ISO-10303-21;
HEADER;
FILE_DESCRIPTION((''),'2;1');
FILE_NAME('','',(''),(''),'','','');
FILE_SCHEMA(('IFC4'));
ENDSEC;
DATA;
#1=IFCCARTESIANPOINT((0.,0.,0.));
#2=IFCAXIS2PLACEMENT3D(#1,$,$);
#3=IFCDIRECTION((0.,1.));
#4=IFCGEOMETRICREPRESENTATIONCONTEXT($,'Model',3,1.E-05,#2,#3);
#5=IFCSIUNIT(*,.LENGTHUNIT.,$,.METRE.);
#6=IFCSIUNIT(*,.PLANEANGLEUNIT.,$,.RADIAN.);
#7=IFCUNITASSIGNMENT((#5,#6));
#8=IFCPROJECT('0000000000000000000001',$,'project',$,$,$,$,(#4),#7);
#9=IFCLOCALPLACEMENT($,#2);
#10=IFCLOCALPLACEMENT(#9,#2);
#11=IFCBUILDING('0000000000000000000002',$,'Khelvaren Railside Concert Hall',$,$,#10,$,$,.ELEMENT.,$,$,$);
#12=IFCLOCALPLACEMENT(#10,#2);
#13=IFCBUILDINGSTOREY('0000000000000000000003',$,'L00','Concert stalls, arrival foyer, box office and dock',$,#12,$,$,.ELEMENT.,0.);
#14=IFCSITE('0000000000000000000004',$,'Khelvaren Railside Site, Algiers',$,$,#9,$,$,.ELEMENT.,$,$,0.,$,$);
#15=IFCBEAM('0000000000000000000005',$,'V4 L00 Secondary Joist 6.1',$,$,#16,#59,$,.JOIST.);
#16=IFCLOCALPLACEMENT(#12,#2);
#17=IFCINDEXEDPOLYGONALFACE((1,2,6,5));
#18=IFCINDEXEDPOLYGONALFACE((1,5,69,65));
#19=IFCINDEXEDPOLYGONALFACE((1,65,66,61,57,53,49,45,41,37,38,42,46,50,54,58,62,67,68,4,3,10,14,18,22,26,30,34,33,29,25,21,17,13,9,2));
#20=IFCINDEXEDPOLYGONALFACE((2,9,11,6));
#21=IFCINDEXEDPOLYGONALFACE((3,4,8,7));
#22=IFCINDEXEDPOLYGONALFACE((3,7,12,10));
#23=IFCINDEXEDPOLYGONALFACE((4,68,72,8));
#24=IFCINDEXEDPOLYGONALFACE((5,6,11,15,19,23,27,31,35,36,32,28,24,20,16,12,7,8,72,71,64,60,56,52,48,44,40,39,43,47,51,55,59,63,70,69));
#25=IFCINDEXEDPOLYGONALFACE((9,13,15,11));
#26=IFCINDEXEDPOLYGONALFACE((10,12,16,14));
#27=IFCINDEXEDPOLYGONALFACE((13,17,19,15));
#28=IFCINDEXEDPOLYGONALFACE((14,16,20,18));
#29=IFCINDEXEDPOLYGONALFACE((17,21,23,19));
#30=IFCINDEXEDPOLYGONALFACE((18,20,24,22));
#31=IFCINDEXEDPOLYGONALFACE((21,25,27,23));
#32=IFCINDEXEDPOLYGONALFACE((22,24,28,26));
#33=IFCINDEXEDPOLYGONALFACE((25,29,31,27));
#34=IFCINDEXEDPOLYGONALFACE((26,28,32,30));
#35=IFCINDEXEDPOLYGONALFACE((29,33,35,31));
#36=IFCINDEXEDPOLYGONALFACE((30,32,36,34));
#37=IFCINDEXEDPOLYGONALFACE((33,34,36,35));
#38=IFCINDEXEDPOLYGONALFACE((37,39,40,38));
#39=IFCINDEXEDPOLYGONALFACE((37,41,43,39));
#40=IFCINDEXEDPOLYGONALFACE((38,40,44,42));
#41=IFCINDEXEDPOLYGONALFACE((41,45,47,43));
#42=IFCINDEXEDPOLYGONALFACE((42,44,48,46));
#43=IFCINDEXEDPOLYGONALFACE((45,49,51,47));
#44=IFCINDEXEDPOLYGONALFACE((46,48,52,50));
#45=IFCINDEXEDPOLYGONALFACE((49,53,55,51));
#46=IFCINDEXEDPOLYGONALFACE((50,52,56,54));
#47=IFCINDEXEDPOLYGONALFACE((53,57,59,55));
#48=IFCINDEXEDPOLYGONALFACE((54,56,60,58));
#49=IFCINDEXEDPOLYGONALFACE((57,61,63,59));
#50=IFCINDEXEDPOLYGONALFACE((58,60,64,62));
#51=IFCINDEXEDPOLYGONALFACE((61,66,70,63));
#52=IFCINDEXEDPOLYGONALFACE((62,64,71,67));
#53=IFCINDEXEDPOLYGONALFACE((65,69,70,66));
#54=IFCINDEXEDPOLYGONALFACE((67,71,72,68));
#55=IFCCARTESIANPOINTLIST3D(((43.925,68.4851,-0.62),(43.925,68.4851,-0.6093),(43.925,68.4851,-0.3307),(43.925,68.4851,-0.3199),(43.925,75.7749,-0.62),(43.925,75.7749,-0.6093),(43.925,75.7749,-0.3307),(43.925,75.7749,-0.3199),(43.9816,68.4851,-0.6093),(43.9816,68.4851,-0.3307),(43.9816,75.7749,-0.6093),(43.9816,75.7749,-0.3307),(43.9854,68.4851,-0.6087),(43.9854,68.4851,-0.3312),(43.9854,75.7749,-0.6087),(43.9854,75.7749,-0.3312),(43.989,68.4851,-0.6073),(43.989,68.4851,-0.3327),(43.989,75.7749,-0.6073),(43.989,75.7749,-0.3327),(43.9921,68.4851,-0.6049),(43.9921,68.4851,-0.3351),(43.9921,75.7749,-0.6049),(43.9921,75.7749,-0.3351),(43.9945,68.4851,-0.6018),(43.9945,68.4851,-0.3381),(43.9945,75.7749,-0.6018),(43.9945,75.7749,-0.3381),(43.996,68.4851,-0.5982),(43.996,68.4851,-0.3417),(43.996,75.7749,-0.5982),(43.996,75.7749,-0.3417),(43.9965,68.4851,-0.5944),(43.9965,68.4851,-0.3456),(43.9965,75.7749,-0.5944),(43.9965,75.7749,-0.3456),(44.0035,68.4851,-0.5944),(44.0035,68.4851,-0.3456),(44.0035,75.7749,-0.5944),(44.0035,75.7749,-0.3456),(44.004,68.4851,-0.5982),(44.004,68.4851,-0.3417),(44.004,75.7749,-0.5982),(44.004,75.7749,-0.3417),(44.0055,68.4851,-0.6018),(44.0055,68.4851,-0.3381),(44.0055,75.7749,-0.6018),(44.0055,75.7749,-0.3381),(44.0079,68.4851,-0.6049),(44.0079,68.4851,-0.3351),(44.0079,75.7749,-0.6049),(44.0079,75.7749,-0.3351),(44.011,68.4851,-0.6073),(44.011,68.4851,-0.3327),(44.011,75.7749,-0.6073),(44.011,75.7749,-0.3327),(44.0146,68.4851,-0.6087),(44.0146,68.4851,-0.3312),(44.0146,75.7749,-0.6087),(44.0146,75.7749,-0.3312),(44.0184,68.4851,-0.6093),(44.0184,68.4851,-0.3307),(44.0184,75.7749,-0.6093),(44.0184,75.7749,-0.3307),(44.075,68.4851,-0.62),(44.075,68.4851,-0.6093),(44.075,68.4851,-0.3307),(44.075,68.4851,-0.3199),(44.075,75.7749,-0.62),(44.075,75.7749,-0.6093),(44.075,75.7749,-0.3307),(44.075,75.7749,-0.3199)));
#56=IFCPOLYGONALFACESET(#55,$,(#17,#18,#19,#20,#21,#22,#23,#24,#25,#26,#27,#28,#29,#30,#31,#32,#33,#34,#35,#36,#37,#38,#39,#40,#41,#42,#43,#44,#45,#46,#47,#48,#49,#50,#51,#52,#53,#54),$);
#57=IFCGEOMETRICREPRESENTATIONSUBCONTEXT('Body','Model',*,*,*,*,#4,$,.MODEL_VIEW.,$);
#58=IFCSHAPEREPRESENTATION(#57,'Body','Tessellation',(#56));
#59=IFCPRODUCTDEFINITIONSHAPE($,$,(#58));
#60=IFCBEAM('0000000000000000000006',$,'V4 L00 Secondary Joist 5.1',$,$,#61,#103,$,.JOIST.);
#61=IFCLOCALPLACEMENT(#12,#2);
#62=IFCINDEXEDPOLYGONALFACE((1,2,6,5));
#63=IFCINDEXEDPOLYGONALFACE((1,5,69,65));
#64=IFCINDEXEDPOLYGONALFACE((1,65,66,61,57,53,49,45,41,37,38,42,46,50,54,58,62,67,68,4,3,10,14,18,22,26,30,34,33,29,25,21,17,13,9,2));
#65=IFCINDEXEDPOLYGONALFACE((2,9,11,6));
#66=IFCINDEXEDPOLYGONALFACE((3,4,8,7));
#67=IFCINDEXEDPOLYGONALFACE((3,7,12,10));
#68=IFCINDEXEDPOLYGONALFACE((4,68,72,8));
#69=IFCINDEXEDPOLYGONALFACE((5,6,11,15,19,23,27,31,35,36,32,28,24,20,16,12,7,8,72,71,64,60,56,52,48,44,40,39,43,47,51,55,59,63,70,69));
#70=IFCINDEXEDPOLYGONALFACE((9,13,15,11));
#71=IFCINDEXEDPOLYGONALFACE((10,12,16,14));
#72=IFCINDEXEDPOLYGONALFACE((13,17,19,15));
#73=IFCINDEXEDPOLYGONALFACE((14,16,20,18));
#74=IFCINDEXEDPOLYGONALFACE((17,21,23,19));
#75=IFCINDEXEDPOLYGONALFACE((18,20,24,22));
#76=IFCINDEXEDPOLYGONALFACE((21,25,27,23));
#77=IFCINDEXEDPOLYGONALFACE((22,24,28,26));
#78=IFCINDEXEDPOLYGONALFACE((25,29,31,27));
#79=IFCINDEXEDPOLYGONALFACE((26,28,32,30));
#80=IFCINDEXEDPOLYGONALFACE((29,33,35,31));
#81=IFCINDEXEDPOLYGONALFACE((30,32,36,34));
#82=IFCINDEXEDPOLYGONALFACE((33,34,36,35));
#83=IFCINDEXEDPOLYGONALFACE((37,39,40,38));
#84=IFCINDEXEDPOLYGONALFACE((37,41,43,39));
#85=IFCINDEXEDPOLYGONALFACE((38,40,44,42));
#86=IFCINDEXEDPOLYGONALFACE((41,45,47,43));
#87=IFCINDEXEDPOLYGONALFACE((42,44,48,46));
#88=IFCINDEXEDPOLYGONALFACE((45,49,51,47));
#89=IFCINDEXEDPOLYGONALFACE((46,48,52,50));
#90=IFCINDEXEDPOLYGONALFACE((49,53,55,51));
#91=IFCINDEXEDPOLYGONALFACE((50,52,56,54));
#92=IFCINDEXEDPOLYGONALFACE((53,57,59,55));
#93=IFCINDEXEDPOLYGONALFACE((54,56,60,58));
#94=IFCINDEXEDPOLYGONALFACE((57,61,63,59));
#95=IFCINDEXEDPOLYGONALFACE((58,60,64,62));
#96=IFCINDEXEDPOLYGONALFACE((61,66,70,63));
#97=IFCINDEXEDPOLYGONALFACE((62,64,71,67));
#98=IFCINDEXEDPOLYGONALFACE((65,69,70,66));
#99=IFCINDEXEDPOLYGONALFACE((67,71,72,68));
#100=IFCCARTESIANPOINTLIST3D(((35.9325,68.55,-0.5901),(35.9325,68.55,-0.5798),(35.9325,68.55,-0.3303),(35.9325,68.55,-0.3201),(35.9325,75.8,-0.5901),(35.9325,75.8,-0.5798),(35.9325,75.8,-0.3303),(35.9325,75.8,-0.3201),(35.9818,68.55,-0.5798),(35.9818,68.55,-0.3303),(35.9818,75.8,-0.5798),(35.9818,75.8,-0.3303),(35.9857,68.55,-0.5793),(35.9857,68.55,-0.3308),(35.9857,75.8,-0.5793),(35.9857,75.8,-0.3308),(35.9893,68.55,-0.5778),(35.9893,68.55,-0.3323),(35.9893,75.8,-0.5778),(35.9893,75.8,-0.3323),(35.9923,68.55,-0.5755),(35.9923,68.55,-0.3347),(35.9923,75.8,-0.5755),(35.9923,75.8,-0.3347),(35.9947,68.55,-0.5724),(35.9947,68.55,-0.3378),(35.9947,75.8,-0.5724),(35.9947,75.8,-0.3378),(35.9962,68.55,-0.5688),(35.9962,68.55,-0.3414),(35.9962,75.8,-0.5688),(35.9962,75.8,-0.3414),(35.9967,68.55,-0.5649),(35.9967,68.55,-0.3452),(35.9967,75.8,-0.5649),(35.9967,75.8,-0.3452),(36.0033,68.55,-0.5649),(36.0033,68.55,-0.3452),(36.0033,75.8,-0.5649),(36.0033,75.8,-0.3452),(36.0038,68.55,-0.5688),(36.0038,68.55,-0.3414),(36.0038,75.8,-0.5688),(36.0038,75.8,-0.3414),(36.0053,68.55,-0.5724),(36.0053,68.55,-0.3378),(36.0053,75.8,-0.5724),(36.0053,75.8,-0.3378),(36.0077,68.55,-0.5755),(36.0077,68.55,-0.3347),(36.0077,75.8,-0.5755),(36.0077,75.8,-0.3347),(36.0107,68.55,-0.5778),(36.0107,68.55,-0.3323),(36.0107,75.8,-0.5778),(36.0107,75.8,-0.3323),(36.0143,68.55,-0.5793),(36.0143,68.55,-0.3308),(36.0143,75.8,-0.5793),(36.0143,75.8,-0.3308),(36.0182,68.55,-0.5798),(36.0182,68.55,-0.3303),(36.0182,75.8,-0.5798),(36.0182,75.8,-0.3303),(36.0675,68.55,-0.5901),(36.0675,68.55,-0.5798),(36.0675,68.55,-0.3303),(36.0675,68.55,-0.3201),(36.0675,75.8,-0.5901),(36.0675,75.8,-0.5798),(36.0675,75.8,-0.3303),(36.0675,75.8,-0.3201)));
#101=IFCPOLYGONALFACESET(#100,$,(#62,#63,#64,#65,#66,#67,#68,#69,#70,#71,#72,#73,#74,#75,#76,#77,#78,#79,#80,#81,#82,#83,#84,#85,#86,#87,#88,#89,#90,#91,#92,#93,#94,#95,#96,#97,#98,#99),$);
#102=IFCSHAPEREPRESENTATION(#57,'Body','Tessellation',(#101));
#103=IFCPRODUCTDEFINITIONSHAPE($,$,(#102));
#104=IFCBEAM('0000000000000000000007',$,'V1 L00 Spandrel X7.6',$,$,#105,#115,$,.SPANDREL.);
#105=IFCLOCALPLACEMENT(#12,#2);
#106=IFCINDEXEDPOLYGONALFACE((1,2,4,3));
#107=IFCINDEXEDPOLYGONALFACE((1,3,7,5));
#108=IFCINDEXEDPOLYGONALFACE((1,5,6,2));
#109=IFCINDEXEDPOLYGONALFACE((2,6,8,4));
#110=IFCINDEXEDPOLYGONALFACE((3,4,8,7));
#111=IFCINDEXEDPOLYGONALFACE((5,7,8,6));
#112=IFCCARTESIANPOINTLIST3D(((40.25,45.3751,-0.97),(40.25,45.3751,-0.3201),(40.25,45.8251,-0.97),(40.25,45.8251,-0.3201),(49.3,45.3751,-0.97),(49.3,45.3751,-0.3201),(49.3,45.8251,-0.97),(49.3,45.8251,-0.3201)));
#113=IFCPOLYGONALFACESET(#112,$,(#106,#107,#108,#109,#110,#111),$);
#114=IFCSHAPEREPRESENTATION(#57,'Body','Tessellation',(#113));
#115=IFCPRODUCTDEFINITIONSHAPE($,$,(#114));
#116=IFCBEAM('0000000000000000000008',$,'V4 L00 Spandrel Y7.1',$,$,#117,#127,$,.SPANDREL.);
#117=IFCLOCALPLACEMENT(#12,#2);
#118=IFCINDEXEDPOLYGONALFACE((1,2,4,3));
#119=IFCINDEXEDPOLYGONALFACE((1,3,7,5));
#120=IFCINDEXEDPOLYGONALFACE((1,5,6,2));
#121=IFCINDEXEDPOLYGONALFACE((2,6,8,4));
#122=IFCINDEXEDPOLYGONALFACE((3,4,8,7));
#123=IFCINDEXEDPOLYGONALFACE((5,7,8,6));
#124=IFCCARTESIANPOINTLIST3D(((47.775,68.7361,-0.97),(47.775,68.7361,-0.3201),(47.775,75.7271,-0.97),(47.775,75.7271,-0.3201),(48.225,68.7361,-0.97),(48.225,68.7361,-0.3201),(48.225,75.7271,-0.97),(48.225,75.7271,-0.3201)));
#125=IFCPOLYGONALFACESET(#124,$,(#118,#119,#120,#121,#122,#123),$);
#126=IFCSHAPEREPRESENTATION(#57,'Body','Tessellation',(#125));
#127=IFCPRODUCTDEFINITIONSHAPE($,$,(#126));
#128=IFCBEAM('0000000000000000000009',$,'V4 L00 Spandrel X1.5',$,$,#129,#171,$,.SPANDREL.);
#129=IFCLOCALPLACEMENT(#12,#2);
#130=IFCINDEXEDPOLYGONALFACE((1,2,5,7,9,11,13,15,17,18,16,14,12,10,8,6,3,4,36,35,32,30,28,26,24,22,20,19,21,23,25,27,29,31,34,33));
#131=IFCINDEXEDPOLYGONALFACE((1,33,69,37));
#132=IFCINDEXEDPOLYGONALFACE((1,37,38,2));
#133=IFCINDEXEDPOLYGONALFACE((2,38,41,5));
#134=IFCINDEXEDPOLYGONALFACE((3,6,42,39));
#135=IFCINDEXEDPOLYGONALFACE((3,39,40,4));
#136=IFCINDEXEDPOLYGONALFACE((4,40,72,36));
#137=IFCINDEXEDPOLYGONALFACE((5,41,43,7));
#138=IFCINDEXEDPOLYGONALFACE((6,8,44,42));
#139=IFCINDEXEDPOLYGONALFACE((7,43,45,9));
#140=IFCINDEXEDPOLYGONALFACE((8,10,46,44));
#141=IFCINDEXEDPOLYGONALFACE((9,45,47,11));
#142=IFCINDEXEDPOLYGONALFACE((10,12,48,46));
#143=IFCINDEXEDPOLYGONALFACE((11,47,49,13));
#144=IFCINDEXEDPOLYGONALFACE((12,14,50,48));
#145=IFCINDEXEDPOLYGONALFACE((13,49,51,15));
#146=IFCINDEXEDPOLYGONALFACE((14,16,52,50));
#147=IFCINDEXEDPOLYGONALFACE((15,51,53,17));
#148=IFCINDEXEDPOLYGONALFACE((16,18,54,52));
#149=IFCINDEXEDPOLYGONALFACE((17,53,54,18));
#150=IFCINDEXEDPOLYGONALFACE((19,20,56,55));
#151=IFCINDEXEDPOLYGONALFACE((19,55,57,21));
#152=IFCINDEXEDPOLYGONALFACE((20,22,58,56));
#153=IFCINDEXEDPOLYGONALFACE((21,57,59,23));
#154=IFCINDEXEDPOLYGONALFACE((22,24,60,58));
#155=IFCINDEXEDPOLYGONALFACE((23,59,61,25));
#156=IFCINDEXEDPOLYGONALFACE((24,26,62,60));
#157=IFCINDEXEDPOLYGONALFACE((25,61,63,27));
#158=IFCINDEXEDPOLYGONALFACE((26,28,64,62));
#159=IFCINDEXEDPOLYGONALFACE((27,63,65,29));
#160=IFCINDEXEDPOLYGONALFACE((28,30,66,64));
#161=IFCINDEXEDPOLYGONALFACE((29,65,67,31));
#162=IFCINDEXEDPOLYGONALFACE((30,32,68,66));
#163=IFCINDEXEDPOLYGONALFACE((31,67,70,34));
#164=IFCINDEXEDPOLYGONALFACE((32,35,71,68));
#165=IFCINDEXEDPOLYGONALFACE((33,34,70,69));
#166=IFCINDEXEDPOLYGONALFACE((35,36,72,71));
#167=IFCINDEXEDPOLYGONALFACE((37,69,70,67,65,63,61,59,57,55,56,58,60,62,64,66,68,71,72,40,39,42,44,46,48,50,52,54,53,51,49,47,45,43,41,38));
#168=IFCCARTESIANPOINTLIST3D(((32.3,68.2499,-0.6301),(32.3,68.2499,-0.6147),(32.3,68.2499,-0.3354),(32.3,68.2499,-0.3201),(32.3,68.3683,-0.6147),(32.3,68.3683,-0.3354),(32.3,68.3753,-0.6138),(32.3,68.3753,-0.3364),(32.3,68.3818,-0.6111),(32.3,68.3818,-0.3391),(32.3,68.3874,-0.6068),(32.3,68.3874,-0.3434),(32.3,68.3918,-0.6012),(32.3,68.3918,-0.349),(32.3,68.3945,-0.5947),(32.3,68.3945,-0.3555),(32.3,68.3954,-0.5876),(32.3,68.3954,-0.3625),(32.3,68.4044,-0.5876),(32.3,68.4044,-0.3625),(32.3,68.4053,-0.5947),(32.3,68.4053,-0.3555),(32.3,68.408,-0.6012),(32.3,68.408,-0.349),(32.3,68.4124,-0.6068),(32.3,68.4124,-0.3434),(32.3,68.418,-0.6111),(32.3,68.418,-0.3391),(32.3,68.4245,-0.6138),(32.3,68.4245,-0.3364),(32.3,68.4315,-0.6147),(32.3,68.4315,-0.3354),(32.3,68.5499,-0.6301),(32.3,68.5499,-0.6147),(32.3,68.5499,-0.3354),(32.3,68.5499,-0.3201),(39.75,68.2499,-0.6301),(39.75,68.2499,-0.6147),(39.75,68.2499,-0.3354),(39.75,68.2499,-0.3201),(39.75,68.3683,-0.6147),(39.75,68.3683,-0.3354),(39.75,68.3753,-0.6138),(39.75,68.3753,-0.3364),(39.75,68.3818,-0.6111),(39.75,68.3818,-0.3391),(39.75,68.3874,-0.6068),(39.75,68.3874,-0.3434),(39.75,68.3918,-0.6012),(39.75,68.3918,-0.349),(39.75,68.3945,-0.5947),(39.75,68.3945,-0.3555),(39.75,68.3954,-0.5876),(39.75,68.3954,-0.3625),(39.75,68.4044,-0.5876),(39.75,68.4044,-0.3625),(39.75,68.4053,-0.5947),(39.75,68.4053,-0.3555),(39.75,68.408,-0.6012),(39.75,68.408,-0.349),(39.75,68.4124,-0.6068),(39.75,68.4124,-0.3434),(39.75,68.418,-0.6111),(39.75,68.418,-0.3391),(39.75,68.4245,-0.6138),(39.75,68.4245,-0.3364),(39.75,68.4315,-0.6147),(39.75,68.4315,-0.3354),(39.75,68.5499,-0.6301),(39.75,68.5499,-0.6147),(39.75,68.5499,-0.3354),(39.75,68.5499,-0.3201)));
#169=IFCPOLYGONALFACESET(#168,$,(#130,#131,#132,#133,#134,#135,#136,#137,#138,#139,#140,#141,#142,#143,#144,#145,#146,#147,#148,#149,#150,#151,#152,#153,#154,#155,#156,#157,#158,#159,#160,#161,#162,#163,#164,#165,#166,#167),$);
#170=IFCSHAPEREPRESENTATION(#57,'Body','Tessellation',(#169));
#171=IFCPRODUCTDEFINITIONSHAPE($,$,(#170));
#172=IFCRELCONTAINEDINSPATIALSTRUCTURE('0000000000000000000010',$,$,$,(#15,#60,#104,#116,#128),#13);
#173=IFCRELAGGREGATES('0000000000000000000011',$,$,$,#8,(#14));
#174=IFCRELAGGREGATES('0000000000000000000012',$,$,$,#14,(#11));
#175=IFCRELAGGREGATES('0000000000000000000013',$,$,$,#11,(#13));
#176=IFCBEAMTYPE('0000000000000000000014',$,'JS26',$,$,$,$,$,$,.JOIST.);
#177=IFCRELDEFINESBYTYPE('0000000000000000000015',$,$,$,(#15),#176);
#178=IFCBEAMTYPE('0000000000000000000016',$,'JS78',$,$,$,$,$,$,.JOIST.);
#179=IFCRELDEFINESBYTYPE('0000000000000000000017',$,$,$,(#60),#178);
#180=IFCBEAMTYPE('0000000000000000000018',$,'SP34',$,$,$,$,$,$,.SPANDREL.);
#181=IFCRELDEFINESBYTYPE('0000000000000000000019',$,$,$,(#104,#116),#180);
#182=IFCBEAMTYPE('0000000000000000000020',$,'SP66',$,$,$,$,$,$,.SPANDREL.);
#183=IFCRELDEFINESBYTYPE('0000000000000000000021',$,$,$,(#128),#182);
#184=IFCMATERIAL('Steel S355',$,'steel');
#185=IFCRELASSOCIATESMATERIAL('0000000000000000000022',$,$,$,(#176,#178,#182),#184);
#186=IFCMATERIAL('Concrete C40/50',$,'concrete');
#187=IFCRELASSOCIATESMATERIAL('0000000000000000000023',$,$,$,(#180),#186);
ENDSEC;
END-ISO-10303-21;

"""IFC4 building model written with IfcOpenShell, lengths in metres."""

from ifc_helpers import new_model, si_unit, direction, frame, origin, origin_2d, place, context, subcontext, project, spatial, rectangle, i_section, extrude, material, material_profile, profile_set, type_object, element, save


model = new_model("IFC4")

# Units and contexts
model_context = context("Model", 3, precision=1e-05, world=origin(), true_north=direction((0.0, 1.0)))
body_context = subcontext(model_context, "Body", "Model", "MODEL_VIEW")
ifc_project = project(units=[si_unit("LENGTHUNIT", "METRE"), si_unit("PLANEANGLEUNIT", "RADIAN")], contexts=[model_context])

# Site, building, storey
site_placement = place(None, origin())
site = spatial("IfcSite", under=ifc_project, at=site_placement, Name="Khelvaren Railside Site, Algiers", CompositionType="ELEMENT", RefElevation=0.0)
building_placement = place(site_placement, origin())
building = spatial("IfcBuilding", under=site, at=building_placement, Name="Khelvaren Railside Concert Hall", CompositionType="ELEMENT")
storey_placement = place(building_placement, origin())
storey = spatial("IfcBuildingStorey", under=building, at=storey_placement, Name="L00", Description="Concert stalls, arrival foyer, box office and dock", CompositionType="ELEMENT", Elevation=0.0)

# Shared definitions
ifc_material_1 = material(Name="Steel S355", Category="steel")

# Beams
ifc_material_2 = material(Name="Concrete C40/50", Category="concrete")
ifc_material_profile_1 = material_profile(ifc_material_1, i_section(OverallWidth=0.1499, OverallDepth=0.3, WebThickness=0.0071, FlangeThickness=0.0107, FilletRadius=0.0149, at=origin_2d()), Name="IPE 300")
ifc_profile_set_1 = profile_set([ifc_material_profile_1], Name="Steel S355")
beam_type_1 = type_object("IfcBeamType", Name="JS26", PredefinedType="JOIST", material=ifc_profile_set_1)
beam_1_placement = place(storey_placement, frame((44.0, 68.4851, -0.47), z_axis=(0.0, 1.0, 0.0), x_axis=(-1.0, 0.0, 0.0)))
element("IfcBeam", 1, at=beam_1_placement, inside=storey, type_object=beam_type_1, Name="V4 L00 Secondary Joist 6.1", PredefinedType="JOIST", context=body_context, shape_type="SweptSolid", body=[
    extrude(i_section(OverallWidth=0.1499, OverallDepth=0.3, WebThickness=0.0071, FlangeThickness=0.0107, FilletRadius=0.0149, at=origin_2d()), origin(), (0.0, 0.0, 1.0), 7.2898),
])
ifc_material_profile_2 = material_profile(ifc_material_1, i_section(OverallWidth=0.135, OverallDepth=0.27, WebThickness=0.0066, FlangeThickness=0.0103, FilletRadius=0.0149, at=origin_2d()), Name="IPE 270")
ifc_profile_set_2 = profile_set([ifc_material_profile_2], Name="Steel S355")
beam_type_2 = type_object("IfcBeamType", Name="JS78", PredefinedType="JOIST", material=ifc_profile_set_2)
beam_2_placement = place(storey_placement, frame((36.0, 68.55, -0.4551), z_axis=(0.0, 1.0, 0.0), x_axis=(-1.0, 0.0, 0.0)))
element("IfcBeam", 2, at=beam_2_placement, inside=storey, type_object=beam_type_2, Name="V4 L00 Secondary Joist 5.1", PredefinedType="JOIST", context=body_context, shape_type="SweptSolid", body=[
    extrude(i_section(OverallWidth=0.135, OverallDepth=0.27, WebThickness=0.0066, FlangeThickness=0.0103, FilletRadius=0.0149, at=origin_2d()), origin(), (0.0, 0.0, 1.0), 7.25),
])
ifc_material_profile_3 = material_profile(ifc_material_2, rectangle(XDim=0.45, YDim=0.6499, at=origin_2d()), Name="RCB 450x650")
ifc_profile_set_3 = profile_set([ifc_material_profile_3], Name="Concrete C40/50")
beam_type_3 = type_object("IfcBeamType", Name="SP34", PredefinedType="SPANDREL", material=ifc_profile_set_3)
beam_3_placement = place(storey_placement, frame((40.25, 45.6001, -0.645), z_axis=(1.0, 0.0, 0.0), x_axis=(0.0, 1.0, 0.0)))
element("IfcBeam", 3, at=beam_3_placement, inside=storey, type_object=beam_type_3, Name="V1 L00 Spandrel X7.6", PredefinedType="SPANDREL", context=body_context, shape_type="SweptSolid", body=[
    extrude(rectangle(XDim=0.45, YDim=0.6499, at=origin_2d()), origin(), (0.0, 0.0, 1.0), 9.05),
])
beam_4_placement = place(storey_placement, frame((48.0, 68.7361, -0.645), z_axis=(0.0, 1.0, 0.0), x_axis=(-1.0, 0.0, 0.0)))
element("IfcBeam", 4, at=beam_4_placement, inside=storey, type_object=beam_type_3, Name="V4 L00 Spandrel Y7.1", PredefinedType="SPANDREL", context=body_context, shape_type="SweptSolid", body=[
    extrude(rectangle(XDim=0.45, YDim=0.6499, at=origin_2d()), origin(), (0.0, 0.0, 1.0), 6.991),
])
ifc_material_profile_4 = material_profile(ifc_material_1, i_section(OverallWidth=0.3, OverallDepth=0.3101, WebThickness=0.009, FlangeThickness=0.0154, FilletRadius=0.0271, at=origin_2d()), Name="HEA 320")
ifc_profile_set_4 = profile_set([ifc_material_profile_4], Name="Steel S355")
beam_type_4 = type_object("IfcBeamType", Name="SP66", PredefinedType="SPANDREL", material=ifc_profile_set_4)
beam_5_placement = place(storey_placement, frame((32.3, 68.3999, -0.4751), z_axis=(1.0, 0.0, 0.0), x_axis=(0.0, 1.0, 0.0)))
element("IfcBeam", 5, at=beam_5_placement, inside=storey, type_object=beam_type_4, Name="V4 L00 Spandrel X1.5", PredefinedType="SPANDREL", context=body_context, shape_type="SweptSolid", body=[
    extrude(i_section(OverallWidth=0.3, OverallDepth=0.3101, WebThickness=0.009, FlangeThickness=0.0154, FilletRadius=0.0271, at=origin_2d()), origin(), (0.0, 0.0, 1.0), 7.45),
])

save(model, "model.ifc")
